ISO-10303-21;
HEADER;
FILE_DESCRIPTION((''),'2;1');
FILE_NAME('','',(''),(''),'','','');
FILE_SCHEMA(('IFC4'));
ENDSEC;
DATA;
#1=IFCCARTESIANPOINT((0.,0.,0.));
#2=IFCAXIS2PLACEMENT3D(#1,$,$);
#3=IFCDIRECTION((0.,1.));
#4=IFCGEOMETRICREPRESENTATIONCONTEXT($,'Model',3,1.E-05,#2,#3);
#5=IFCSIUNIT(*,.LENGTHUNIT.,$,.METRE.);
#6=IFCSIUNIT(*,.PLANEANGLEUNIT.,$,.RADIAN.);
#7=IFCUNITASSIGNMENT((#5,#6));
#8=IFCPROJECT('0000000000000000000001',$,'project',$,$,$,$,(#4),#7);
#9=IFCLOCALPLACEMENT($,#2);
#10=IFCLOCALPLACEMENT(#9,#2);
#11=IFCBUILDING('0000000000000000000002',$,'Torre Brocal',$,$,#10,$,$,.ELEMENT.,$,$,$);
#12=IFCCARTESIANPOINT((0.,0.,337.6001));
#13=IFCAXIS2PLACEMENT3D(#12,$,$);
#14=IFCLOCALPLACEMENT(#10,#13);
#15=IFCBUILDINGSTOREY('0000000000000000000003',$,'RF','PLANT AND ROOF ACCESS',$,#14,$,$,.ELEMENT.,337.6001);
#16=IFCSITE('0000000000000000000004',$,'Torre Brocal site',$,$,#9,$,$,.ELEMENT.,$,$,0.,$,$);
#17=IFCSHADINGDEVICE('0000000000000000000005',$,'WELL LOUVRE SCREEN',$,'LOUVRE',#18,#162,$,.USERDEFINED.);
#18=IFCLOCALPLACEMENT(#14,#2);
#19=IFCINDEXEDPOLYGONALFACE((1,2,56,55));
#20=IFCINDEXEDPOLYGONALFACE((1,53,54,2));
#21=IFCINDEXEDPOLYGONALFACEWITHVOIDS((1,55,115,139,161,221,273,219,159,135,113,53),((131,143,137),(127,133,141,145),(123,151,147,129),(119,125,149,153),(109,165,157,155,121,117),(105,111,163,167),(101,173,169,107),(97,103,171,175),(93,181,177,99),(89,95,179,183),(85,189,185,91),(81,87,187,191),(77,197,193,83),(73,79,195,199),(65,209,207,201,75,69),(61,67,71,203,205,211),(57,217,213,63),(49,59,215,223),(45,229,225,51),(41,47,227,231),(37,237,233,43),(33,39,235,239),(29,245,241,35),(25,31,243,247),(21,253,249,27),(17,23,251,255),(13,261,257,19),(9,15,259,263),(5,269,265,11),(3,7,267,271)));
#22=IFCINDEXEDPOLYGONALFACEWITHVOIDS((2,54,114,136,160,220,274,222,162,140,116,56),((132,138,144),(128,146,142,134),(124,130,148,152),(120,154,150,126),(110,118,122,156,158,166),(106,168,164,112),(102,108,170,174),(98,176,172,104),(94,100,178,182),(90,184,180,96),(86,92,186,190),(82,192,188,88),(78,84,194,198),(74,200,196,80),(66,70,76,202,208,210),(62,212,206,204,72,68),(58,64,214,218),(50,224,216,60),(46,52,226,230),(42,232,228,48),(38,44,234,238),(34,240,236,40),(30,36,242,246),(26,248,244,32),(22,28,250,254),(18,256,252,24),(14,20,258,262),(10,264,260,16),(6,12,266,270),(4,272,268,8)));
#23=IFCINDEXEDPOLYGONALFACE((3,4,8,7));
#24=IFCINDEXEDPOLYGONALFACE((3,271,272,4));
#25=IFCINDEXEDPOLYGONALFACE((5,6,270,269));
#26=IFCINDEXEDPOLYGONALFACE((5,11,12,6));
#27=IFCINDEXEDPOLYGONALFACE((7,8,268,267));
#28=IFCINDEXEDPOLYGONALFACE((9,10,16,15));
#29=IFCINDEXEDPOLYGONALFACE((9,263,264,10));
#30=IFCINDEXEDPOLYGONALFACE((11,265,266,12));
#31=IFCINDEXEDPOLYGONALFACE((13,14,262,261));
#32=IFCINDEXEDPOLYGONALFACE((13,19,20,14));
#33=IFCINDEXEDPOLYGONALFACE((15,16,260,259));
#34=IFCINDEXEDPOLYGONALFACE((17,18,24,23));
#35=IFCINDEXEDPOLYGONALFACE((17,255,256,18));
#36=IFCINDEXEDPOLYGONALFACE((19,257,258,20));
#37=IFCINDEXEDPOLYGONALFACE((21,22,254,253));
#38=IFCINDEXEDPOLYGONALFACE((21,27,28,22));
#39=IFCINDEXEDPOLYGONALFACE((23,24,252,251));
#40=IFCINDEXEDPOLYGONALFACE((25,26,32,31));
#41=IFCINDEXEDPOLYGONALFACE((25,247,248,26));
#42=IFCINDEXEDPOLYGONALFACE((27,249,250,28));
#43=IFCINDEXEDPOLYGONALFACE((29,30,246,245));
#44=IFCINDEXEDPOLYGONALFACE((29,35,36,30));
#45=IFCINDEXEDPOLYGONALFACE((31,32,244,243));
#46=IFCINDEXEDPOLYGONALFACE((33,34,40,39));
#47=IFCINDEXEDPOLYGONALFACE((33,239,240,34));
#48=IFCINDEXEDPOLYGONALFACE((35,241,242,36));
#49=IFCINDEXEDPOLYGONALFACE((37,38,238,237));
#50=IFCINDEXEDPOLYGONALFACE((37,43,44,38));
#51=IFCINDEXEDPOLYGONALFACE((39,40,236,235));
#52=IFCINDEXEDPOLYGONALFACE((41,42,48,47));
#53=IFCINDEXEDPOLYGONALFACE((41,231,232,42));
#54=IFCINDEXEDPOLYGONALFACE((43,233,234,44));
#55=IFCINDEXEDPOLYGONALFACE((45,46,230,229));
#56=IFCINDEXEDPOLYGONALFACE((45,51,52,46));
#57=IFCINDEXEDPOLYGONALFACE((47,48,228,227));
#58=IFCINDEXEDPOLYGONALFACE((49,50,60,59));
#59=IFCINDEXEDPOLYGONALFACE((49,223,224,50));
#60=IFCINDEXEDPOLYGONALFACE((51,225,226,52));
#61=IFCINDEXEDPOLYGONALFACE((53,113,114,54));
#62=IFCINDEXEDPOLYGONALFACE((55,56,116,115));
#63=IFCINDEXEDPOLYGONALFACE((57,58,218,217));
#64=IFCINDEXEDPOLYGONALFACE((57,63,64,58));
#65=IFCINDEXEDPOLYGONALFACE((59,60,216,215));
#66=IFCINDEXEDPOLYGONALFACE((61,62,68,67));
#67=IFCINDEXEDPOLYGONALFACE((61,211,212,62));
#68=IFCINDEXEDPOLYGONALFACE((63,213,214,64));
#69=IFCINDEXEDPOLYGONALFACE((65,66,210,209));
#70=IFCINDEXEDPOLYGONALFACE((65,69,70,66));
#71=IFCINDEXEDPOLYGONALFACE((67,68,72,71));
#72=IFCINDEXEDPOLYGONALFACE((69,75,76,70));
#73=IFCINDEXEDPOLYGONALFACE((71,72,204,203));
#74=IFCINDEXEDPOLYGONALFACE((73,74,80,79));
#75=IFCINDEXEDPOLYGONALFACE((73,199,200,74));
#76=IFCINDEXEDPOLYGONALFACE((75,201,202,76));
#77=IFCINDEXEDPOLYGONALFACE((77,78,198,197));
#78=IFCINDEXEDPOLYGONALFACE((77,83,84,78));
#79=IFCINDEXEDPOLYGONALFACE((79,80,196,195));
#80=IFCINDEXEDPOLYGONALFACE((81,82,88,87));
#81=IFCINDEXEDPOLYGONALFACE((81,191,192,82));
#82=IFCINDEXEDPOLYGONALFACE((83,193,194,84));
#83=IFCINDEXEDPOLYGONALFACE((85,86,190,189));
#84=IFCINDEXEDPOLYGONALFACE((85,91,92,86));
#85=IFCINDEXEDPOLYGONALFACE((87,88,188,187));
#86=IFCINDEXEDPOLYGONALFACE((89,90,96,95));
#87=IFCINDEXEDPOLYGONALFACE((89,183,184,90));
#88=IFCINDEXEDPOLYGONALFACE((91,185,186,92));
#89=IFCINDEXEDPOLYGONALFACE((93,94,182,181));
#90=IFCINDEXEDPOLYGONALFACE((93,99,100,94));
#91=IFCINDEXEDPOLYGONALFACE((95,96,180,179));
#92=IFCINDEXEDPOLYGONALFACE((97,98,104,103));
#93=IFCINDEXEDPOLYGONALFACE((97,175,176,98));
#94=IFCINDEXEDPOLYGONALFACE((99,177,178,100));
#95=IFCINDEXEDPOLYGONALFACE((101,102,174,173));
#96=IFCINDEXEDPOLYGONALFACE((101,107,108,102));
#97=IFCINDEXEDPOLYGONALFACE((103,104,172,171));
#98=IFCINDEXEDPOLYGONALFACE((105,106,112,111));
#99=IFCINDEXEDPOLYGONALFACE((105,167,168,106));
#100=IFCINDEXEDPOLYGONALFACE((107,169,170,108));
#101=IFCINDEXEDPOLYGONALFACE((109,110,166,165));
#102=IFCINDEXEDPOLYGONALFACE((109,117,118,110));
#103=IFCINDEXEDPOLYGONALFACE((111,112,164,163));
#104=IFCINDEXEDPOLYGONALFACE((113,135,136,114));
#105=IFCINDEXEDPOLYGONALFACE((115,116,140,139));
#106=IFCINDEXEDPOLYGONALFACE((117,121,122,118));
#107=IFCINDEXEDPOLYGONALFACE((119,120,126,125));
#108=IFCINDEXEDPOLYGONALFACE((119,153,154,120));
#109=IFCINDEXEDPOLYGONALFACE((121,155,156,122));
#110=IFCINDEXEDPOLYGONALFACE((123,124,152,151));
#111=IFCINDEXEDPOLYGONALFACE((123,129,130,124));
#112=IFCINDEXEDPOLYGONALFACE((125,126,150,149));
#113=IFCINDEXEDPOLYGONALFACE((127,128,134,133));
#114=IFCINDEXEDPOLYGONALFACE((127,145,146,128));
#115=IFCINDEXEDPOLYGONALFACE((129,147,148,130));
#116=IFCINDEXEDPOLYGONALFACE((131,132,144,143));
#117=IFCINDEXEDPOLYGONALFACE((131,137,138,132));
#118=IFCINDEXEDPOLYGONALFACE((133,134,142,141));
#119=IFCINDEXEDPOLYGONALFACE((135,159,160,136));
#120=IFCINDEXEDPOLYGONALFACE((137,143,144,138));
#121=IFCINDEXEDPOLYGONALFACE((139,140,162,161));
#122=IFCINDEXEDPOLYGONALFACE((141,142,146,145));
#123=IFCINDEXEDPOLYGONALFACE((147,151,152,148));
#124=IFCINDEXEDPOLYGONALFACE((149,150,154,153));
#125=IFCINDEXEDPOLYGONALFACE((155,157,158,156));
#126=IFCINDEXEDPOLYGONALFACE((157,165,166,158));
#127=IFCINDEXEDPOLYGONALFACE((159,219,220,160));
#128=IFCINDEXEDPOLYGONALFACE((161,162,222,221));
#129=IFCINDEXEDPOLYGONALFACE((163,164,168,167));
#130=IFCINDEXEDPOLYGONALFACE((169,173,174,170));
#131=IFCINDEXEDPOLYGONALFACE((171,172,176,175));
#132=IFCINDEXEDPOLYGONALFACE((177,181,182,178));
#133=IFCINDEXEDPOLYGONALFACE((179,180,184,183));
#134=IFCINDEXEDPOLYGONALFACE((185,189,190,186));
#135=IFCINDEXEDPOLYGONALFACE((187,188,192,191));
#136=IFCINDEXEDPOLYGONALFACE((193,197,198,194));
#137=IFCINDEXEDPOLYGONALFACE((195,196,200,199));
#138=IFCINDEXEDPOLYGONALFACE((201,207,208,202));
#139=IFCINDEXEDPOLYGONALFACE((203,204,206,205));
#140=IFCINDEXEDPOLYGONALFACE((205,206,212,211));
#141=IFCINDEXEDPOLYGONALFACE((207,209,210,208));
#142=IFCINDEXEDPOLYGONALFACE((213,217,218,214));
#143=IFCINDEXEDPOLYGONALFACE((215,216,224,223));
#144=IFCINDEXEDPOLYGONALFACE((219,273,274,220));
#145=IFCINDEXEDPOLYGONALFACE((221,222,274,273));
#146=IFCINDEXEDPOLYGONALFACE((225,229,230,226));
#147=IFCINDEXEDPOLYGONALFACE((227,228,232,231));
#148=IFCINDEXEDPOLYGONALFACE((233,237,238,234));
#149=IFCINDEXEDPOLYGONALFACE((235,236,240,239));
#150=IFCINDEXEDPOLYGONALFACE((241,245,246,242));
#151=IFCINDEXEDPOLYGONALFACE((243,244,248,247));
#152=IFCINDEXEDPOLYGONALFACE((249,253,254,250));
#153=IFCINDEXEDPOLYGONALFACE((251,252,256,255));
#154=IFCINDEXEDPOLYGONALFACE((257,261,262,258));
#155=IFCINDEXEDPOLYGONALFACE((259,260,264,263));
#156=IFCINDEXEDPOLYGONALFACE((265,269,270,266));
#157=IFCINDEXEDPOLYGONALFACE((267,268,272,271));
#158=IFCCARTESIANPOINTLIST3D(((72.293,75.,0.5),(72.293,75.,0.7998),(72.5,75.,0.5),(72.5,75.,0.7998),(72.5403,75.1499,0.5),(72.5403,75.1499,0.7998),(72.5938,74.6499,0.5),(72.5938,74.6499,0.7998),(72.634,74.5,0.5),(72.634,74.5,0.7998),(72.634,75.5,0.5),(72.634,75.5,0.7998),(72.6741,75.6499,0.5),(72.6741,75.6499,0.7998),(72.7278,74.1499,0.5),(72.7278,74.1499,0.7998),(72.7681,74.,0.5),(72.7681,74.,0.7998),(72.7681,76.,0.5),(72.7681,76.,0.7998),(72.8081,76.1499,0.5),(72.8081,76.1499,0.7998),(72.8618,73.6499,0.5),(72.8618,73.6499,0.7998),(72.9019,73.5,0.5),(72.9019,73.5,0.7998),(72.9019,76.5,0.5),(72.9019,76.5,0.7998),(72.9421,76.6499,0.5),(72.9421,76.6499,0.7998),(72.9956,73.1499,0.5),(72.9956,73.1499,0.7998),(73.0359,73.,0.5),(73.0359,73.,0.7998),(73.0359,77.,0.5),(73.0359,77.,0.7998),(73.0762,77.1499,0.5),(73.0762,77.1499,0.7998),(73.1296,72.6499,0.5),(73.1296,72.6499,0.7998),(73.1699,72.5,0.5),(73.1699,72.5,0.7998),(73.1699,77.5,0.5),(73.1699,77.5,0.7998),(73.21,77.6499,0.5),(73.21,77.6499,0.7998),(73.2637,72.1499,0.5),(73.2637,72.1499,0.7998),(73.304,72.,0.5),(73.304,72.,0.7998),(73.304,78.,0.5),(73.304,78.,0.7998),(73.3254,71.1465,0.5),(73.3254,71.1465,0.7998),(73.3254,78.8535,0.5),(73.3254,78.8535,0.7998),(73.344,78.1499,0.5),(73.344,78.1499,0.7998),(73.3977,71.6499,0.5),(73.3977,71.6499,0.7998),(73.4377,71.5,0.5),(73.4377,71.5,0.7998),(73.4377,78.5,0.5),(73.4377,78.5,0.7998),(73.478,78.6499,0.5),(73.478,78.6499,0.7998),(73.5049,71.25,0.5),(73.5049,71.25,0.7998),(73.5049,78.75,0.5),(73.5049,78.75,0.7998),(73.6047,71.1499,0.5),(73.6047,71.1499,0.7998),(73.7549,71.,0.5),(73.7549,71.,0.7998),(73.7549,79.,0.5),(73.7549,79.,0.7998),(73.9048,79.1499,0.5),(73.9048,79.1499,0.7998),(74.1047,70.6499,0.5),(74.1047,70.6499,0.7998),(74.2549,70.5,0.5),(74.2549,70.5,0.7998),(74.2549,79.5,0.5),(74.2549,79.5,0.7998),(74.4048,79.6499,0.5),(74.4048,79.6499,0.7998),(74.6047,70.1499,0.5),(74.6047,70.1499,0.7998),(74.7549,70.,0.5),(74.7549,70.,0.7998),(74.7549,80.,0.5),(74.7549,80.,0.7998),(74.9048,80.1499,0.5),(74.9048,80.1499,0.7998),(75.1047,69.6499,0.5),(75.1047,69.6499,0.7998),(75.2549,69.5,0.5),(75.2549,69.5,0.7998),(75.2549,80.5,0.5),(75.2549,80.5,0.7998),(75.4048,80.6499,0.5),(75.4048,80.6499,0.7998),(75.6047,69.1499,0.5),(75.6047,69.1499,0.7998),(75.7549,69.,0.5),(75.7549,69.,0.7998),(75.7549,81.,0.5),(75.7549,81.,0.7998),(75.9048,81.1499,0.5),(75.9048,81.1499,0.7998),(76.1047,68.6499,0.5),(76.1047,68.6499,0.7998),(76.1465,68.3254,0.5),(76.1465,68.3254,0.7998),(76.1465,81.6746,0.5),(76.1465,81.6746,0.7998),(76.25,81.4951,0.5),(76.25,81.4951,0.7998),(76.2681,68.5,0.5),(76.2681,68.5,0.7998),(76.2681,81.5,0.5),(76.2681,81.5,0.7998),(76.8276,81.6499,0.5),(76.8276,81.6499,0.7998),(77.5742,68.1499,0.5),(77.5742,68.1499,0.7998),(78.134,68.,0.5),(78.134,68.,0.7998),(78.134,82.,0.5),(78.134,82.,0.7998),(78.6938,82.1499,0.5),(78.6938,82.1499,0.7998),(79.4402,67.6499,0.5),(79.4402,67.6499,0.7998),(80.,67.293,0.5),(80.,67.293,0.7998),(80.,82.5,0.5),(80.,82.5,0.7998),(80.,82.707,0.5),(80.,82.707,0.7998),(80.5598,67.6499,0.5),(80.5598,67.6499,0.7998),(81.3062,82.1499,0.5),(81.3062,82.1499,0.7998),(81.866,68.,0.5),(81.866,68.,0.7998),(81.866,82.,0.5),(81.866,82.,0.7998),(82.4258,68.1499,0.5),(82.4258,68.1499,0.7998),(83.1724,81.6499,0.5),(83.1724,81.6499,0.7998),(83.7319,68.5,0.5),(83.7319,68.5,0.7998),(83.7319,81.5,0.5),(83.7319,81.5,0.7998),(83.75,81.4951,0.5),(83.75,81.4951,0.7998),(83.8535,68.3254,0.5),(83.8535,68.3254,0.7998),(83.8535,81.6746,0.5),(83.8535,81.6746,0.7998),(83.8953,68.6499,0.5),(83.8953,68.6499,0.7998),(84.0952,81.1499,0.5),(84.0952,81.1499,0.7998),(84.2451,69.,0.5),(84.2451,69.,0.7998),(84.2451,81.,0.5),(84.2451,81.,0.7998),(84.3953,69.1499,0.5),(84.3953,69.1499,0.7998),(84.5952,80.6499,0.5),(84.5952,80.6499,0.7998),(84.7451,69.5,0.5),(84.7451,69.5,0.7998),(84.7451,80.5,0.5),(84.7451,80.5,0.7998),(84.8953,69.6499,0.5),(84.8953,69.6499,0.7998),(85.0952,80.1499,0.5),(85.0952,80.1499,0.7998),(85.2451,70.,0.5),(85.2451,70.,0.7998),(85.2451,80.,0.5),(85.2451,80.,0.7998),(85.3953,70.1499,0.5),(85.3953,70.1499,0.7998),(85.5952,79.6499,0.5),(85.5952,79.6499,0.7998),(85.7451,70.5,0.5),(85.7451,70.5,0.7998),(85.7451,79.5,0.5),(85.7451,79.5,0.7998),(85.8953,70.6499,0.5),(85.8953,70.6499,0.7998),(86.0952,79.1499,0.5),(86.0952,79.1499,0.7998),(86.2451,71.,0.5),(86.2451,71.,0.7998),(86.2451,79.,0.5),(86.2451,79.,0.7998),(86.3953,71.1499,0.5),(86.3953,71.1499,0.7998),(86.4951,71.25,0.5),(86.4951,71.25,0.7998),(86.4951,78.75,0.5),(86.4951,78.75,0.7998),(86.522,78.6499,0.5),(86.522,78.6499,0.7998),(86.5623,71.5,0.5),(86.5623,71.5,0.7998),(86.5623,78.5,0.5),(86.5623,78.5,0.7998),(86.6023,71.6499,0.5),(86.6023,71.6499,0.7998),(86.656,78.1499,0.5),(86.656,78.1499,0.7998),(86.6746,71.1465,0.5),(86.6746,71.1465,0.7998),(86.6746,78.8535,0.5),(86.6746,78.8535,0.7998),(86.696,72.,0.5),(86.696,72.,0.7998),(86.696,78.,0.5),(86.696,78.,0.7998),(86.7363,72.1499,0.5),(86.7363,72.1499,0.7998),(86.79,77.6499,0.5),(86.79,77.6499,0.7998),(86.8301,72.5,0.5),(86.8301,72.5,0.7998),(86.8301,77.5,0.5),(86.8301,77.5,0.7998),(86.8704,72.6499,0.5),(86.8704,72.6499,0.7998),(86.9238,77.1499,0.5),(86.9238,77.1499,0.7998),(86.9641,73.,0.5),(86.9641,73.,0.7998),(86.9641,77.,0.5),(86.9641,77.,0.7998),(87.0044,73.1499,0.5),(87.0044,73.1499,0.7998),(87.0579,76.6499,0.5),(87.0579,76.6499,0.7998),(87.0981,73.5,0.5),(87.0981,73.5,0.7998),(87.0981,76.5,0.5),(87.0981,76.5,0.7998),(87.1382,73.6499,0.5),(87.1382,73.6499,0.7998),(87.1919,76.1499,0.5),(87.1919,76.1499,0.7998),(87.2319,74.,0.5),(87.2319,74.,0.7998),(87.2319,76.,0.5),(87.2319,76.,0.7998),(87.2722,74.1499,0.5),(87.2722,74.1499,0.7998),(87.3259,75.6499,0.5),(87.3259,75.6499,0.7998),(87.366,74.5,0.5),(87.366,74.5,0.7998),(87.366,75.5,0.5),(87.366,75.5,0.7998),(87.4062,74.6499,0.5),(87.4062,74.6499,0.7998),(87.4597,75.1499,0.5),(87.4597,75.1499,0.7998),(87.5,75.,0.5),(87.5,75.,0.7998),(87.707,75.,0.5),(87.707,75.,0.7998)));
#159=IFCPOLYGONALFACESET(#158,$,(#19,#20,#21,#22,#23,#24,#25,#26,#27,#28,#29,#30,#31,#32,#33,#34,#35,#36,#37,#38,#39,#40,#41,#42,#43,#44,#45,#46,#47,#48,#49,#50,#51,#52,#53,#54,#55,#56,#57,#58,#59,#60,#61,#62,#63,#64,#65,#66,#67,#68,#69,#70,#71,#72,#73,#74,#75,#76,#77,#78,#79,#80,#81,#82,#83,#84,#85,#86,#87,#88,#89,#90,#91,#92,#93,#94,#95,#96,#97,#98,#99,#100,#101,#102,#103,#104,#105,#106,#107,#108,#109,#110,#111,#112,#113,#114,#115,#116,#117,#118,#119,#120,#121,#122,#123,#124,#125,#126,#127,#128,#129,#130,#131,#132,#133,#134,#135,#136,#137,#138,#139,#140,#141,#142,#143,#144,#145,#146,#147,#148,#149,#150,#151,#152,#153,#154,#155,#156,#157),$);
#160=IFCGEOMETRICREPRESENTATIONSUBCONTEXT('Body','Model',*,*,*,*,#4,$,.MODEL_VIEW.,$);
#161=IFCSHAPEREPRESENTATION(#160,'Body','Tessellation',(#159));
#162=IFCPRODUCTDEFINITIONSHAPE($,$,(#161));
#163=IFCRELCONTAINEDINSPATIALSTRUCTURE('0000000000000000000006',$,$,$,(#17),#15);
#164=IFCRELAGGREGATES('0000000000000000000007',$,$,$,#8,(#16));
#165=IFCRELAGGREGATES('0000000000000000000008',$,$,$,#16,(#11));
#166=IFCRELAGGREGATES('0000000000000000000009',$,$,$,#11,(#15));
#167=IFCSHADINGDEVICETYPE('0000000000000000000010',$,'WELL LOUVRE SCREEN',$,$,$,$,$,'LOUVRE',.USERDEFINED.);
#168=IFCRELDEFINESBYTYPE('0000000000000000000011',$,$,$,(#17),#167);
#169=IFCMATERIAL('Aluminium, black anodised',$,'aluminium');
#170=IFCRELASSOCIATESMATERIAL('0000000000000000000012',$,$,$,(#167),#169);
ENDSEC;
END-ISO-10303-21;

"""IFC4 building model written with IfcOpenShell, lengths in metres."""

from ifc_helpers import new_model, si_unit, direction, frame, origin, place, context, subcontext, project, spatial, polyline, outline, extrude, material, type_object, element, save


model = new_model("IFC4")

# Units and contexts
model_context = context("Model", 3, precision=1e-05, world=origin(), true_north=direction((0.0, 1.0)))
body_context = subcontext(model_context, "Body", "Model", "MODEL_VIEW")
ifc_project = project(units=[si_unit("LENGTHUNIT", "METRE"), si_unit("PLANEANGLEUNIT", "RADIAN")], contexts=[model_context])

# Site, building, storey
site_placement = place(None, origin())
site = spatial("IfcSite", under=ifc_project, at=site_placement, Name="Torre Brocal site", CompositionType="ELEMENT", RefElevation=0.0)
building_placement = place(site_placement, origin())
building = spatial("IfcBuilding", under=site, at=building_placement, Name="Torre Brocal", CompositionType="ELEMENT")
storey_placement = place(building_placement, frame((0.0, 0.0, 337.6001)))
storey = spatial("IfcBuildingStorey", under=building, at=storey_placement, Name="RF", Description="PLANT AND ROOF ACCESS", CompositionType="ELEMENT", Elevation=337.6001)

# Shading device
ifc_material_1 = material(Name="Aluminium, black anodised", Category="aluminium")
shading_device_type = type_object("IfcShadingDeviceType", Name="WELL LOUVRE SCREEN", ElementType="LOUVRE", PredefinedType="USERDEFINED", material=ifc_material_1)
shading_device_placement = place(storey_placement, frame((0.0, 0.0, 0.5)))
element("IfcShadingDevice", 1, at=shading_device_placement, inside=storey, type_object=shading_device_type, Name="WELL LOUVRE SCREEN", ObjectType="LOUVRE", PredefinedType="USERDEFINED", context=body_context, shape_type="SweptSolid", body=[
    extrude(outline(polyline([(86.6746, 78.8535), (83.8535, 81.6746), (80.0, 82.707), (76.1465, 81.6746), (73.3254, 78.8535), (72.293, 75.0), (73.3254, 71.1465), (76.1465, 68.3254), (80.0, 67.293), (83.8535, 68.3254), (86.6746, 71.1465), (87.707, 75.0), (86.6746, 78.8535)]), holes=[polyline([(81.866, 68.0), (80.5598, 67.6499), (79.4402, 67.6499), (78.134, 68.0), (81.866, 68.0)]), polyline([(83.7319, 68.5), (82.4258, 68.1499), (77.5742, 68.1499), (76.2681, 68.5), (83.7319, 68.5)]), polyline([(84.2451, 69.0), (83.8953, 68.6499), (76.1047, 68.6499), (75.7549, 69.0), (84.2451, 69.0)]), polyline([(84.7451, 69.5), (84.3953, 69.1499), (75.6047, 69.1499), (75.2549, 69.5), (84.7451, 69.5)]), polyline([(85.2451, 70.0), (84.8953, 69.6499), (75.1047, 69.6499), (74.7549, 70.0), (85.2451, 70.0)]), polyline([(85.7451, 70.5), (85.3953, 70.1499), (74.6047, 70.1499), (74.2549, 70.5), (85.7451, 70.5)]), polyline([(86.2451, 71.0), (85.8953, 70.6499), (74.1047, 70.6499), (73.7549, 71.0), (86.2451, 71.0)]), polyline([(86.5623, 71.5), (86.4951, 71.25), (86.3953, 71.1499), (73.6047, 71.1499), (73.5049, 71.25), (73.4377, 71.5), (86.5623, 71.5)]), polyline([(86.696, 72.0), (86.6023, 71.6499), (73.3977, 71.6499), (73.304, 72.0), (86.696, 72.0)]), polyline([(86.8301, 72.5), (86.7363, 72.1499), (73.2637, 72.1499), (73.1699, 72.5), (86.8301, 72.5)]), polyline([(86.9641, 73.0), (86.8704, 72.6499), (73.1296, 72.6499), (73.0359, 73.0), (86.9641, 73.0)]), polyline([(87.0981, 73.5), (87.0044, 73.1499), (72.9956, 73.1499), (72.9019, 73.5), (87.0981, 73.5)]), polyline([(87.2319, 74.0), (87.1382, 73.6499), (72.8618, 73.6499), (72.7681, 74.0), (87.2319, 74.0)]), polyline([(87.366, 74.5), (87.2722, 74.1499), (72.7278, 74.1499), (72.634, 74.5), (87.366, 74.5)]), polyline([(87.5, 75.0), (87.4062, 74.6499), (72.5938, 74.6499), (72.5, 75.0), (87.5, 75.0)]), polyline([(87.366, 75.5), (87.4597, 75.1499), (72.5403, 75.1499), (72.634, 75.5), (87.366, 75.5)]), polyline([(87.2319, 76.0), (87.3259, 75.6499), (72.6741, 75.6499), (72.7681, 76.0), (87.2319, 76.0)]), polyline([(87.0981, 76.5), (87.1919, 76.1499), (72.8081, 76.1499), (72.9019, 76.5), (87.0981, 76.5)]), polyline([(86.9641, 77.0), (87.0579, 76.6499), (72.9421, 76.6499), (73.0359, 77.0), (86.9641, 77.0)]), polyline([(86.8301, 77.5), (86.9238, 77.1499), (73.0762, 77.1499), (73.1699, 77.5), (86.8301, 77.5)]), polyline([(86.696, 78.0), (86.79, 77.6499), (73.21, 77.6499), (73.304, 78.0), (86.696, 78.0)]), polyline([(86.5623, 78.5), (86.656, 78.1499), (73.344, 78.1499), (73.4377, 78.5), (86.5623, 78.5)]), polyline([(86.2451, 79.0), (86.4951, 78.75), (86.522, 78.6499), (73.478, 78.6499), (73.5049, 78.75), (73.7549, 79.0), (86.2451, 79.0)]), polyline([(85.7451, 79.5), (86.0952, 79.1499), (73.9048, 79.1499), (74.2549, 79.5), (85.7451, 79.5)]), polyline([(85.2451, 80.0), (85.5952, 79.6499), (74.4048, 79.6499), (74.7549, 80.0), (85.2451, 80.0)]), polyline([(84.7451, 80.5), (85.0952, 80.1499), (74.9048, 80.1499), (75.2549, 80.5), (84.7451, 80.5)]), polyline([(84.2451, 81.0), (84.5952, 80.6499), (75.4048, 80.6499), (75.7549, 81.0), (84.2451, 81.0)]), polyline([(83.7319, 81.5), (83.75, 81.4951), (84.0952, 81.1499), (75.9048, 81.1499), (76.25, 81.4951), (76.2681, 81.5), (83.7319, 81.5)]), polyline([(81.866, 82.0), (83.1724, 81.6499), (76.8276, 81.6499), (78.134, 82.0), (81.866, 82.0)]), polyline([(78.6938, 82.1499), (80.0, 82.5), (81.3062, 82.1499), (78.6938, 82.1499)])]), origin(), (0.0, 0.0, 1.0), 0.2998),
])

save(model, "model.ifc")
